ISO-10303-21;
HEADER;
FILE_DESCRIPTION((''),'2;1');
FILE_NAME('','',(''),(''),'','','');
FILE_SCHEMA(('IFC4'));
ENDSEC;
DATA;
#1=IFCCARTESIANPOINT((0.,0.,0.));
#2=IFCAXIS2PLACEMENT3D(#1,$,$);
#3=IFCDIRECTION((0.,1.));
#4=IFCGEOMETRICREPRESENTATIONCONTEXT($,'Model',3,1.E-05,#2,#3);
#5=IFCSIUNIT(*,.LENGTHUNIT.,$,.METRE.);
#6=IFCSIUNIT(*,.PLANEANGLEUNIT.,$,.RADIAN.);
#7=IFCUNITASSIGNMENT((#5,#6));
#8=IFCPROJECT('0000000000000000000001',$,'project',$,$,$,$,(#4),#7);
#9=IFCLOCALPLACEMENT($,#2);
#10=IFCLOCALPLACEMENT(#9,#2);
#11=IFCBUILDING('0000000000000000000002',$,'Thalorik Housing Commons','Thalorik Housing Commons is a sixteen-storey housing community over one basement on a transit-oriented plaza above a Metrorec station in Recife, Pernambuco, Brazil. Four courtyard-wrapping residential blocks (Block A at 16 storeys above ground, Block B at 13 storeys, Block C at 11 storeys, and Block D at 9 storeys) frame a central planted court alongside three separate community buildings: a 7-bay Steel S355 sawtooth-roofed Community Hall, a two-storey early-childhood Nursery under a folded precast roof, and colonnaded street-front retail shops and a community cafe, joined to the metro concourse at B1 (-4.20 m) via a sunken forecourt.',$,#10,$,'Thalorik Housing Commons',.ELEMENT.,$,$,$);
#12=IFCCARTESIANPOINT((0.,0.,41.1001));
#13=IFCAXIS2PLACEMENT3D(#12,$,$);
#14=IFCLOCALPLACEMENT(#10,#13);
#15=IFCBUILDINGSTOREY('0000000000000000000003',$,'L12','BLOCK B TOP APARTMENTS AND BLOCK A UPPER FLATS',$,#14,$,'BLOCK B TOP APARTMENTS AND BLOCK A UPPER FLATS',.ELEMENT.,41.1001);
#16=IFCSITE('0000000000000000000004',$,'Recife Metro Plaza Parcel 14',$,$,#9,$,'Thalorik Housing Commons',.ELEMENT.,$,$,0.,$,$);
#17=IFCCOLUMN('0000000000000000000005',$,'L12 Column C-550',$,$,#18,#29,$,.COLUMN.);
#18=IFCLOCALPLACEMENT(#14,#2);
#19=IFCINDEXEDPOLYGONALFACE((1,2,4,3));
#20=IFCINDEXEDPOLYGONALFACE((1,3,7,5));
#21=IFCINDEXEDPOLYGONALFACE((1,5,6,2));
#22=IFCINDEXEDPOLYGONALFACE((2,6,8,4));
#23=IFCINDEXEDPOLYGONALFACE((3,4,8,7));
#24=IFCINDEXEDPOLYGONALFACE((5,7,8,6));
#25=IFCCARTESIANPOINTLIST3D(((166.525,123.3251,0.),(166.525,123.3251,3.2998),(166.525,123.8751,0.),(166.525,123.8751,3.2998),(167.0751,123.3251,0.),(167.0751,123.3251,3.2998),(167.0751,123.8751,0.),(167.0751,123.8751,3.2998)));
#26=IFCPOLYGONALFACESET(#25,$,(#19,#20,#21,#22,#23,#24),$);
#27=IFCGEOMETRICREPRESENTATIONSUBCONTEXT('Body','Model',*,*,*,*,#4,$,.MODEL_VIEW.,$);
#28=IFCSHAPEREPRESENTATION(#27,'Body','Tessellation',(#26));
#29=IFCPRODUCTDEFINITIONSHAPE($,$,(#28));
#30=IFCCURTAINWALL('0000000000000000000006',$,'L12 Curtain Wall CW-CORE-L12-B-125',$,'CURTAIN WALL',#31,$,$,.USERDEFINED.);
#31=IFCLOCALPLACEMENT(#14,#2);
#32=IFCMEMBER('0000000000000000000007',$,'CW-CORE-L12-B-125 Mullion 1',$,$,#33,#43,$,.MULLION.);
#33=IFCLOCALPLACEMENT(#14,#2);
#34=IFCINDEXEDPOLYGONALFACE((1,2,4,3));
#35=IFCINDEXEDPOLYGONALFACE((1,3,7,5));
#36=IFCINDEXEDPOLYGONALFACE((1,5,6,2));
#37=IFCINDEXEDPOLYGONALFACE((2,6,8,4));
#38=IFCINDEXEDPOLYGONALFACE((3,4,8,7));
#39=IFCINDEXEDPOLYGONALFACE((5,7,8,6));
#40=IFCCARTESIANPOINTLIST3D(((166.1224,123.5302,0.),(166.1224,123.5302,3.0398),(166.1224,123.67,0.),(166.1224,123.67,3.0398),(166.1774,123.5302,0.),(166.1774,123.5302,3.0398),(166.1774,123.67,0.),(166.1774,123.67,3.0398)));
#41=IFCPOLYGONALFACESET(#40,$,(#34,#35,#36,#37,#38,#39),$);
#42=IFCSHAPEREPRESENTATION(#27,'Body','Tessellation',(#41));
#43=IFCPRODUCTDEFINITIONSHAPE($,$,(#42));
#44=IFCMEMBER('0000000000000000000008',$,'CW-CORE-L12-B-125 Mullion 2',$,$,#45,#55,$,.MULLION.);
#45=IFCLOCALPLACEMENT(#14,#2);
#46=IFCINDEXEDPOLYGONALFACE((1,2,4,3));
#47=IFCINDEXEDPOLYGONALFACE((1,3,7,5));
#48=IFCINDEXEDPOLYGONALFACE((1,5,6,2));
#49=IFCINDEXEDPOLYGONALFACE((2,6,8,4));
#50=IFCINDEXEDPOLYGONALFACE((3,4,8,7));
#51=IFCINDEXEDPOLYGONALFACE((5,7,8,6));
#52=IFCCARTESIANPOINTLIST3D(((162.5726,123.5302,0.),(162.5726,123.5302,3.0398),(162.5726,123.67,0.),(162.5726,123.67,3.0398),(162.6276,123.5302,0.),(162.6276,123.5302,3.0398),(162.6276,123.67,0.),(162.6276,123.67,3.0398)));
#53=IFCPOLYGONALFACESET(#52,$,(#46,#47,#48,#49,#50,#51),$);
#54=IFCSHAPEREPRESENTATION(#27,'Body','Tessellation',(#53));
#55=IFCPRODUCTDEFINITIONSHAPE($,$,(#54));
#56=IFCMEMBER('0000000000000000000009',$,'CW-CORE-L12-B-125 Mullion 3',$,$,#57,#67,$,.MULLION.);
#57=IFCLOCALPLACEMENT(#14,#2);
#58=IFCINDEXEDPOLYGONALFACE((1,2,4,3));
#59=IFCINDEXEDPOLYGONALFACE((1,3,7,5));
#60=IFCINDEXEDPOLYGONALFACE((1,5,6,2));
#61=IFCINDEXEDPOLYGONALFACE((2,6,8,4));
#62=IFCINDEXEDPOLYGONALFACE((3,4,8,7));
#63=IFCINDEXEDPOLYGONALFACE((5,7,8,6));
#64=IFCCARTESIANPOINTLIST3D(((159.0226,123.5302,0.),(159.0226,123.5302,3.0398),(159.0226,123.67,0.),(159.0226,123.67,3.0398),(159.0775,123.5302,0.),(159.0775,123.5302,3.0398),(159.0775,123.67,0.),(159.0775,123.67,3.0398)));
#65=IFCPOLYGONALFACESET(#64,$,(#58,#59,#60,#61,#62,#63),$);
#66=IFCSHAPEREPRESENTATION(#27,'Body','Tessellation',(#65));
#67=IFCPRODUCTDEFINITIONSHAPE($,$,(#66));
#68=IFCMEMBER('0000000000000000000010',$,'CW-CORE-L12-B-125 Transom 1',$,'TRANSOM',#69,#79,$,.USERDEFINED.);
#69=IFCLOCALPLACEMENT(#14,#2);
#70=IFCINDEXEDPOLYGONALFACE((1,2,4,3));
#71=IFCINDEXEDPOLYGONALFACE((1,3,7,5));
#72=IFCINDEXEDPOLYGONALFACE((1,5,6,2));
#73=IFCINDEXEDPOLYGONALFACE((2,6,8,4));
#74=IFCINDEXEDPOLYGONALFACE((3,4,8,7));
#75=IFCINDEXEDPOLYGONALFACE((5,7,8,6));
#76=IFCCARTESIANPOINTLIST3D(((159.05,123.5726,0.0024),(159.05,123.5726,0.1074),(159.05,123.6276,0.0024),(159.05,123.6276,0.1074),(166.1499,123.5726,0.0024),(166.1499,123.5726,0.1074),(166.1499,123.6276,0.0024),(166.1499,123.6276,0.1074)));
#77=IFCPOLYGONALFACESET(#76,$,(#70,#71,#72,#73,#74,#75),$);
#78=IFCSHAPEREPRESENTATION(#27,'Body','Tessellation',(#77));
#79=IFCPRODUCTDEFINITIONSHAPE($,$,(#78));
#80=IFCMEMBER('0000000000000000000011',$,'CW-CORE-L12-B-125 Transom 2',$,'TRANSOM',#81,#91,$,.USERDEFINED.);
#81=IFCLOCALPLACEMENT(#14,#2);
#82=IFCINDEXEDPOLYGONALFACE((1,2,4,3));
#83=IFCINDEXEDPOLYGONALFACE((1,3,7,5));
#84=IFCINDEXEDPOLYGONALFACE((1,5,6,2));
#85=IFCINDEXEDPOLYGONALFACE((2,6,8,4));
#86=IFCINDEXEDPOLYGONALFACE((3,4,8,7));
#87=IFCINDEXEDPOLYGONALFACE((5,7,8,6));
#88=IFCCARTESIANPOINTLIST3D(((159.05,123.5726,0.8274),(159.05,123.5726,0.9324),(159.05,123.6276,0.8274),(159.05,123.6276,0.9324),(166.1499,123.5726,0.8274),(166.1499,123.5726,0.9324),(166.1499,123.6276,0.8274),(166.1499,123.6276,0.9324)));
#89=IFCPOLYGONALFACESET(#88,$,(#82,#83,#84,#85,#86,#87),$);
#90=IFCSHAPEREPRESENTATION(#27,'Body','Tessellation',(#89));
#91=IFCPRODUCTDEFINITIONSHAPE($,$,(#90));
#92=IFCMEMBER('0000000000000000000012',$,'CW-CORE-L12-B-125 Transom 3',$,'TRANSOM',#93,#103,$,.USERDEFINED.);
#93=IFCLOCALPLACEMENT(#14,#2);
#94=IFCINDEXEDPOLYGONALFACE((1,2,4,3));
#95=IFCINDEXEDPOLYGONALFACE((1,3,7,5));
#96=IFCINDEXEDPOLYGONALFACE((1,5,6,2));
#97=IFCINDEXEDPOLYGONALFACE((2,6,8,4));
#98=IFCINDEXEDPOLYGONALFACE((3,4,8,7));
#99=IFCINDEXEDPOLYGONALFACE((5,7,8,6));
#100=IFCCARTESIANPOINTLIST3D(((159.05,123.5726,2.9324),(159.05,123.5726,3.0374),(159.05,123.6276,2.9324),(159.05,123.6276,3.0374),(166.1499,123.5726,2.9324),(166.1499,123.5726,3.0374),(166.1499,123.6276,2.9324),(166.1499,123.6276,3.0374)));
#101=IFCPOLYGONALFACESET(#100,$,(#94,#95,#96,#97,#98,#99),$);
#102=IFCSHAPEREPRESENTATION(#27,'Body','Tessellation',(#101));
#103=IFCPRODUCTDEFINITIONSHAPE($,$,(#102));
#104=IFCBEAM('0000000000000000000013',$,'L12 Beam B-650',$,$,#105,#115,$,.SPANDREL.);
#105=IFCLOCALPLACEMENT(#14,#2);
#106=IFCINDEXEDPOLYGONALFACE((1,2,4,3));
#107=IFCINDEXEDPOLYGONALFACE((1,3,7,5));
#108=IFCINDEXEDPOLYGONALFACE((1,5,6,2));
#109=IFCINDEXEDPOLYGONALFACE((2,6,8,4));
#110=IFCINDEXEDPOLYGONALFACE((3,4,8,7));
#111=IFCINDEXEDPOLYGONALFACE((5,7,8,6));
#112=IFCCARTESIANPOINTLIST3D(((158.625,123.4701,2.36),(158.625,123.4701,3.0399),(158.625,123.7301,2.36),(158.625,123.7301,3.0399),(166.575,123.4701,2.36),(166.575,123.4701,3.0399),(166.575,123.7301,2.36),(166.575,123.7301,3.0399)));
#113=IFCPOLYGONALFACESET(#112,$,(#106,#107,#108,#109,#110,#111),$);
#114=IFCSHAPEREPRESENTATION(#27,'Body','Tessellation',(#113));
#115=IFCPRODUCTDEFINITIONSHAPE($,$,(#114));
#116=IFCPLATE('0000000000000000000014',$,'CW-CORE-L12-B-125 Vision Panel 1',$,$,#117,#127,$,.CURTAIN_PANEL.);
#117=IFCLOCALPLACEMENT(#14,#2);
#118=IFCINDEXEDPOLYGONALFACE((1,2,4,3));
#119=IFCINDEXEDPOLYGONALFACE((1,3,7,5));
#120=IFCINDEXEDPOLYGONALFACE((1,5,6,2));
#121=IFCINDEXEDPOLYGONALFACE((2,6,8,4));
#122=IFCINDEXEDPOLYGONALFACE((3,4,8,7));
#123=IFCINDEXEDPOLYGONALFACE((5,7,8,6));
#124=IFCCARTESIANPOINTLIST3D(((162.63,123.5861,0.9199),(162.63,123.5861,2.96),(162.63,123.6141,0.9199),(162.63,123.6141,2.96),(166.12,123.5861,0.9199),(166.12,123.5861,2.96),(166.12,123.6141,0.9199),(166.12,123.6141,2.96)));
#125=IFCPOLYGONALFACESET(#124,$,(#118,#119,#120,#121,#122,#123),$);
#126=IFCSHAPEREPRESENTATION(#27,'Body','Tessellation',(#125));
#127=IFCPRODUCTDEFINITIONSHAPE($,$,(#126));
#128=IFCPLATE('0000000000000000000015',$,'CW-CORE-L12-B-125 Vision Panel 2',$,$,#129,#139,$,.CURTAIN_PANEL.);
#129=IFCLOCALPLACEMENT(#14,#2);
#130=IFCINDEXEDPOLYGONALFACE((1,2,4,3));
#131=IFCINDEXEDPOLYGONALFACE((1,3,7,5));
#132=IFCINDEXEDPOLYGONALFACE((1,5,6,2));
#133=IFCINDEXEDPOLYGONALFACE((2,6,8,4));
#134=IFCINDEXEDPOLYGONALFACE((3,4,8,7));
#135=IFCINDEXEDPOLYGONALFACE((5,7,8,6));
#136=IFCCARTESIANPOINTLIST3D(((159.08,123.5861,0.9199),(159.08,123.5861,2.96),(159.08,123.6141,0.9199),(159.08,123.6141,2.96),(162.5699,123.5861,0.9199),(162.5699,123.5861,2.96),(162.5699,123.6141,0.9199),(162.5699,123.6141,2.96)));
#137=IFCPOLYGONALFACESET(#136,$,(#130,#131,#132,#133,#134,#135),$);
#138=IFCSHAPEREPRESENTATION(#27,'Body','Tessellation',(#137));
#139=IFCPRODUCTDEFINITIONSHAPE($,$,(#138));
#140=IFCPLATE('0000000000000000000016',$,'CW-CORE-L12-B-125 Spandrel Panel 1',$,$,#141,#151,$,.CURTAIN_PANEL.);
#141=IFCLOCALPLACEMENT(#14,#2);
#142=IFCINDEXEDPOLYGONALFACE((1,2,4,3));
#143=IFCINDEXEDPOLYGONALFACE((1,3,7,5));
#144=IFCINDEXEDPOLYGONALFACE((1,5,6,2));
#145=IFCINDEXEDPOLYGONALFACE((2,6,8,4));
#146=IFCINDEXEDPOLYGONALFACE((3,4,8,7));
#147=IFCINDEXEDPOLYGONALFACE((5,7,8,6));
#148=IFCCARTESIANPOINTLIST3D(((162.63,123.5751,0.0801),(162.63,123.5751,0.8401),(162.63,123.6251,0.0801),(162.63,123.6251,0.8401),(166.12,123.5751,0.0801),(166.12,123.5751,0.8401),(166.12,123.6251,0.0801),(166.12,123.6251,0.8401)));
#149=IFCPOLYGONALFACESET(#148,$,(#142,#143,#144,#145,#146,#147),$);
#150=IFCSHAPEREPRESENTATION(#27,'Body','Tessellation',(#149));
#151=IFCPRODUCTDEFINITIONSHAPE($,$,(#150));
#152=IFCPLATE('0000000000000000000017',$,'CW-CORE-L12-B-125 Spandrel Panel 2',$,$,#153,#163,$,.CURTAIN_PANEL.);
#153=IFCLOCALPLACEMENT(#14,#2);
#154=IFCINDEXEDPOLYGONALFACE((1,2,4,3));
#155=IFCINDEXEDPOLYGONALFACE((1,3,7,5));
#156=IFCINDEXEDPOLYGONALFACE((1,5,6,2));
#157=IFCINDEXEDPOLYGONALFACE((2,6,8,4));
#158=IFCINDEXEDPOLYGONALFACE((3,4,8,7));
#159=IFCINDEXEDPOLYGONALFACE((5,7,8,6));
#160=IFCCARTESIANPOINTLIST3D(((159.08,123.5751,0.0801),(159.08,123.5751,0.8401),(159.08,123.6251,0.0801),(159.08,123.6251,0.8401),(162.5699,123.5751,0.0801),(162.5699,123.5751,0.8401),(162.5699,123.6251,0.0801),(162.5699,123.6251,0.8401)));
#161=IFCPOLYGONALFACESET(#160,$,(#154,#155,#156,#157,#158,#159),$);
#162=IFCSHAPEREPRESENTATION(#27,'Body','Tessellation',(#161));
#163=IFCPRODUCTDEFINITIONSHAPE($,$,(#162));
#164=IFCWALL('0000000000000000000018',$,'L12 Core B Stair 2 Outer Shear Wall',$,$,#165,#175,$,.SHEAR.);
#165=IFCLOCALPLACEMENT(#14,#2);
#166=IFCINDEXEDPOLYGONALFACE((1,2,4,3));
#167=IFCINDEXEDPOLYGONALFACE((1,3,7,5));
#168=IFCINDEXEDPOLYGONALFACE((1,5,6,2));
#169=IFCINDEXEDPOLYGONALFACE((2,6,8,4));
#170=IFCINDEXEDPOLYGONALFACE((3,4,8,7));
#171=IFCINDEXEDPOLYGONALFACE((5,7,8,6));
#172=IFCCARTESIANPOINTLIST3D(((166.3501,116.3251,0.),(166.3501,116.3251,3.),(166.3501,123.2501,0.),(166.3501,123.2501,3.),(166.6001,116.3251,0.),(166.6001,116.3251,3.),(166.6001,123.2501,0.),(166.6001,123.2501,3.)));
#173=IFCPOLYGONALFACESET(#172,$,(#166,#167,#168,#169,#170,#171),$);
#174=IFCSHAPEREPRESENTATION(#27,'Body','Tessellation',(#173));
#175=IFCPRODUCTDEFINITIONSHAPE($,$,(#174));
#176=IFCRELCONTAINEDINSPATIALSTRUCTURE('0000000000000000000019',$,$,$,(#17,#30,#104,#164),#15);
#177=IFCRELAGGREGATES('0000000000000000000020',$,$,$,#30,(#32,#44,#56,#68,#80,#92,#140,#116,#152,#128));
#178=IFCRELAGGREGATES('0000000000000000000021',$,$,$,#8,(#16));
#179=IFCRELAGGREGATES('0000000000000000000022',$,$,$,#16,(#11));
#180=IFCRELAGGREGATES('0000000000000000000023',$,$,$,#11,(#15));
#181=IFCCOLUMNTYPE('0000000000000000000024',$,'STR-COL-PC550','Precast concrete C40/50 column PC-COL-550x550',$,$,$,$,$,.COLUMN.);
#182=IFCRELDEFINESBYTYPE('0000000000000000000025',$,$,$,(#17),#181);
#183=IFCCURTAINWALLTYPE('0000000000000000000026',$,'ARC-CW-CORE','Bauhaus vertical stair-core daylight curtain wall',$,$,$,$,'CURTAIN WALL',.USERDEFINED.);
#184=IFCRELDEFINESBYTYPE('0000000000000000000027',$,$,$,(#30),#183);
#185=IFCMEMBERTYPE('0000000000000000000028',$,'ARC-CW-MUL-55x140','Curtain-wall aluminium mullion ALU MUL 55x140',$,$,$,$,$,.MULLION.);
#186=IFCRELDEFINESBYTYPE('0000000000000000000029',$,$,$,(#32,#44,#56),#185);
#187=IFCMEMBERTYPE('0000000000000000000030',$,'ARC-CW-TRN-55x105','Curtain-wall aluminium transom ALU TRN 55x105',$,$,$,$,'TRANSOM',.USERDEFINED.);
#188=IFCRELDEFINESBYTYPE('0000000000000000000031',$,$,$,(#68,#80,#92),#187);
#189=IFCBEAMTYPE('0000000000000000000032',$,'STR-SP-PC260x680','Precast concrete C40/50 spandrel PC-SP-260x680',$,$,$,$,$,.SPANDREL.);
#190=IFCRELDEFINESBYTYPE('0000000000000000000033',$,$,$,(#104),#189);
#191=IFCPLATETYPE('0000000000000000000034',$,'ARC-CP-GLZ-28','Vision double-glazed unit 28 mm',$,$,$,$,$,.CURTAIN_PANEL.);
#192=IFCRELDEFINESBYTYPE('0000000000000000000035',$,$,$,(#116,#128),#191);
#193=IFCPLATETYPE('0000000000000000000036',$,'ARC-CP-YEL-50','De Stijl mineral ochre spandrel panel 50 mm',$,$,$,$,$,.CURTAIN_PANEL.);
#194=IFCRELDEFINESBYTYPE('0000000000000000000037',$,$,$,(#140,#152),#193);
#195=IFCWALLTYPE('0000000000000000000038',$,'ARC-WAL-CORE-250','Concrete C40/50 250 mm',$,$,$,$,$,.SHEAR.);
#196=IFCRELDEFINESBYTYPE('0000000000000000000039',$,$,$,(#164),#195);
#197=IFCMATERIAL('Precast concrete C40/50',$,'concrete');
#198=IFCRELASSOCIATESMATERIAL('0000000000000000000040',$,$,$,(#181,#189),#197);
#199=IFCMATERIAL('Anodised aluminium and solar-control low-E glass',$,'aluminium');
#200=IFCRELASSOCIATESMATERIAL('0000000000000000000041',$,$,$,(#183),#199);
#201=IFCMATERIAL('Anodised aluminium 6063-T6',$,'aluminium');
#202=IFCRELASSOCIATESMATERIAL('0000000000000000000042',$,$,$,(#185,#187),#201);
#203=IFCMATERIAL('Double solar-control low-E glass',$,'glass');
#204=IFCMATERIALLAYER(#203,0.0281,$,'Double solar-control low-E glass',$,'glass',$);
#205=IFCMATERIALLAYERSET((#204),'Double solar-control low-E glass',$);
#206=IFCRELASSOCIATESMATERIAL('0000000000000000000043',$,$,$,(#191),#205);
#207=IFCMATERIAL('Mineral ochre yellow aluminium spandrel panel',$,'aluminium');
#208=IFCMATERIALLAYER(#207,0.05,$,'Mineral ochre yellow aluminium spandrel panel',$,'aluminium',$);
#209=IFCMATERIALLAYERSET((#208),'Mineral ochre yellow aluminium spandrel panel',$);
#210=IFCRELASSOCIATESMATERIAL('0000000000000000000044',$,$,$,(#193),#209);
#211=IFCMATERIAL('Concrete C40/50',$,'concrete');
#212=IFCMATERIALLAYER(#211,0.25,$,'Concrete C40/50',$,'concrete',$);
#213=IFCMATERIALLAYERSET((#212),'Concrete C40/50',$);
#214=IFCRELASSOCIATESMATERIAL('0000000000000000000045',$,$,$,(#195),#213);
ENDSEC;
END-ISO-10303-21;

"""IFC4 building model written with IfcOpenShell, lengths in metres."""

from ifc_helpers import new_model, si_unit, direction, frame, frame_2d, origin, origin_2d, place, context, subcontext, project, spatial, rectangle, extrude, material, layer, layer_set, material_profile, profile_set, type_object, element, aggregate, save


model = new_model("IFC4")

# Units and contexts
model_context = context("Model", 3, precision=1e-05, world=origin(), true_north=direction((0.0, 1.0)))
body_context = subcontext(model_context, "Body", "Model", "MODEL_VIEW")
ifc_project = project(units=[si_unit("LENGTHUNIT", "METRE"), si_unit("PLANEANGLEUNIT", "RADIAN")], contexts=[model_context])

# Site, building, storey
site_placement = place(None, origin())
site = spatial("IfcSite", under=ifc_project, at=site_placement, Name="Recife Metro Plaza Parcel 14", LongName="Thalorik Housing Commons", CompositionType="ELEMENT", RefElevation=0.0)
building_placement = place(site_placement, origin())
building = spatial("IfcBuilding", under=site, at=building_placement, Name="Thalorik Housing Commons", Description="Thalorik Housing Commons is a sixteen-storey housing community over one basement on a transit-oriented plaza above a Metrorec station in Recife, Pernambuco, Brazil. Four courtyard-wrapping residential blocks (Block A at 16 storeys above ground, Block B at 13 storeys, Block C at 11 storeys, and Block D at 9 storeys) frame a central planted court alongside three separate community buildings: a 7-bay Steel S355 sawtooth-roofed Community Hall, a two-storey early-childhood Nursery under a folded precast roof, and colonnaded street-front retail shops and a community cafe, joined to the metro concourse at B1 (-4.20 m) via a sunken forecourt.", LongName="Thalorik Housing Commons", CompositionType="ELEMENT")
storey_placement = place(building_placement, frame((0.0, 0.0, 41.1001)))
storey = spatial("IfcBuildingStorey", under=building, at=storey_placement, Name="L12", Description="BLOCK B TOP APARTMENTS AND BLOCK A UPPER FLATS", LongName="BLOCK B TOP APARTMENTS AND BLOCK A UPPER FLATS", CompositionType="ELEMENT", Elevation=41.1001)

# Column
ifc_material_1 = material(Name="Precast concrete C40/50", Category="concrete")
ifc_material_profile_1 = material_profile(ifc_material_1, rectangle(XDim=0.55, YDim=0.55, at=origin_2d()), Name="PC 550x550", Category="concrete")
ifc_profile_set_1 = profile_set([ifc_material_profile_1], Name="Precast concrete C40/50")
column_type = type_object("IfcColumnType", Name="STR-COL-PC550", Description="Precast concrete C40/50 column PC-COL-550x550", PredefinedType="COLUMN", material=ifc_profile_set_1)
column_placement = place(storey_placement, frame((166.8, 123.6001, 0.0), z_axis=(0.0, 0.0, 1.0), x_axis=(1.0, 0.0, 0.0)))
element("IfcColumn", 1, at=column_placement, inside=storey, type_object=column_type, Name="L12 Column C-550", PredefinedType="COLUMN", context=body_context, shape_type="SweptSolid", body=[
    extrude(rectangle(XDim=0.55, YDim=0.55, at=origin_2d()), origin(), (0.0, 0.0, 1.0), 3.2998),
])

# Curtain wall, members
ifc_material_2 = material(Name="Anodised aluminium and solar-control low-E glass", Category="aluminium")
curtain_wall_type = type_object("IfcCurtainWallType", Name="ARC-CW-CORE", Description="Bauhaus vertical stair-core daylight curtain wall", ElementType="CURTAIN WALL", PredefinedType="USERDEFINED", material=ifc_material_2)
curtain_wall_placement = place(storey_placement, origin())
curtain_wall = element("IfcCurtainWall", 2, at=curtain_wall_placement, inside=storey, type_object=curtain_wall_type, Name="L12 Curtain Wall CW-CORE-L12-B-125", ObjectType="CURTAIN WALL", PredefinedType="USERDEFINED")
ifc_material_3 = material(Name="Anodised aluminium 6063-T6", Category="aluminium")
ifc_material_profile_2 = material_profile(ifc_material_3, rectangle(XDim=0.0549, YDim=0.1399, at=origin_2d()), Name="ALU MUL 55x140", Category="aluminium")
ifc_profile_set_2 = profile_set([ifc_material_profile_2], Name="Anodised aluminium 6063-T6")
member_type_1 = type_object("IfcMemberType", Name="ARC-CW-MUL-55x140", Description="Curtain-wall aluminium mullion ALU MUL 55x140", PredefinedType="MULLION", material=ifc_profile_set_2)
member_1_placement = place(storey_placement, frame((166.1499, 123.6001, 0.0), z_axis=(0.0, 0.0, 1.0), x_axis=(-1.0, 0.0, 0.0)))
member_1 = element("IfcMember", 3, at=member_1_placement, type_object=member_type_1, Name="CW-CORE-L12-B-125 Mullion 1", PredefinedType="MULLION", context=body_context, shape_type="SweptSolid", body=[
    extrude(rectangle(XDim=0.0549, YDim=0.1399, at=origin_2d()), origin(), (0.0, 0.0, 1.0), 3.0398),
])
member_2_placement = place(storey_placement, frame((162.6001, 123.6001, 0.0), z_axis=(0.0, 0.0, 1.0), x_axis=(-1.0, 0.0, 0.0)))
member_2 = element("IfcMember", 4, at=member_2_placement, type_object=member_type_1, Name="CW-CORE-L12-B-125 Mullion 2", PredefinedType="MULLION", context=body_context, shape_type="SweptSolid", body=[
    extrude(rectangle(XDim=0.0549, YDim=0.1399, at=origin_2d()), origin(), (0.0, 0.0, 1.0), 3.0398),
])
member_3_placement = place(storey_placement, frame((159.05, 123.6001, 0.0), z_axis=(0.0, 0.0, 1.0), x_axis=(-1.0, 0.0, 0.0)))
member_3 = element("IfcMember", 5, at=member_3_placement, type_object=member_type_1, Name="CW-CORE-L12-B-125 Mullion 3", PredefinedType="MULLION", context=body_context, shape_type="SweptSolid", body=[
    extrude(rectangle(XDim=0.0549, YDim=0.1399, at=origin_2d()), origin(), (0.0, 0.0, 1.0), 3.0398),
])
ifc_material_profile_3 = material_profile(ifc_material_3, rectangle(XDim=0.0549, YDim=0.105, at=origin_2d()), Name="ALU TRN 55x105", Category="aluminium")
ifc_profile_set_3 = profile_set([ifc_material_profile_3], Name="Anodised aluminium 6063-T6")
member_type_2 = type_object("IfcMemberType", Name="ARC-CW-TRN-55x105", Description="Curtain-wall aluminium transom ALU TRN 55x105", ElementType="TRANSOM", PredefinedType="USERDEFINED", material=ifc_profile_set_3)
member_4_placement = place(storey_placement, frame((166.1499, 123.6001, 0.0549), z_axis=(-1.0, 0.0, 0.0), x_axis=(0.0, -1.0, 0.0)))
member_4 = element("IfcMember", 6, at=member_4_placement, type_object=member_type_2, Name="CW-CORE-L12-B-125 Transom 1", ObjectType="TRANSOM", PredefinedType="USERDEFINED", context=body_context, shape_type="SweptSolid", body=[
    extrude(rectangle(XDim=0.0549, YDim=0.105, at=origin_2d()), origin(), (0.0, 0.0, 1.0), 7.0999),
])
member_5_placement = place(storey_placement, frame((166.1499, 123.6001, 0.8799), z_axis=(-1.0, 0.0, 0.0), x_axis=(0.0, -1.0, 0.0)))
member_5 = element("IfcMember", 7, at=member_5_placement, type_object=member_type_2, Name="CW-CORE-L12-B-125 Transom 2", ObjectType="TRANSOM", PredefinedType="USERDEFINED", context=body_context, shape_type="SweptSolid", body=[
    extrude(rectangle(XDim=0.0549, YDim=0.105, at=origin_2d()), origin(), (0.0, 0.0, 1.0), 7.0999),
])
member_6_placement = place(storey_placement, frame((166.1499, 123.6001, 2.9849), z_axis=(-1.0, 0.0, 0.0), x_axis=(0.0, -1.0, 0.0)))
member_6 = element("IfcMember", 8, at=member_6_placement, type_object=member_type_2, Name="CW-CORE-L12-B-125 Transom 3", ObjectType="TRANSOM", PredefinedType="USERDEFINED", context=body_context, shape_type="SweptSolid", body=[
    extrude(rectangle(XDim=0.0549, YDim=0.105, at=origin_2d()), origin(), (0.0, 0.0, 1.0), 7.0999),
])

# Beam
ifc_material_profile_4 = material_profile(ifc_material_1, rectangle(XDim=0.26, YDim=0.6799, at=origin_2d()), Name="PC SP 260x680", Category="concrete")
ifc_profile_set_4 = profile_set([ifc_material_profile_4], Name="Precast concrete C40/50")
beam_type = type_object("IfcBeamType", Name="STR-SP-PC260x680", Description="Precast concrete C40/50 spandrel PC-SP-260x680", PredefinedType="SPANDREL", material=ifc_profile_set_4)
beam_placement = place(storey_placement, frame((158.625, 123.6001, 2.7), z_axis=(1.0, 0.0, 0.0), x_axis=(0.0, 1.0, 0.0)))
element("IfcBeam", 9, at=beam_placement, inside=storey, type_object=beam_type, Name="L12 Beam B-650", PredefinedType="SPANDREL", context=body_context, shape_type="SweptSolid", body=[
    extrude(rectangle(XDim=0.26, YDim=0.6799, at=origin_2d()), origin(), (0.0, 0.0, 1.0), 7.95),
])

# Plates
ifc_material_4 = material(Name="Double solar-control low-E glass", Category="glass")
ifc_layer_1 = layer(ifc_material_4, 0.0281, Name="Double solar-control low-E glass", Category="glass")
ifc_layer_set_1 = layer_set([ifc_layer_1], Name="Double solar-control low-E glass")
plate_type_1 = type_object("IfcPlateType", Name="ARC-CP-GLZ-28", Description="Vision double-glazed unit 28 mm", PredefinedType="CURTAIN_PANEL", material=ifc_layer_set_1)
plate_1_placement = place(storey_placement, frame((164.375, 123.6001, 0.9199), z_axis=(0.0, 0.0, 1.0), x_axis=(-1.0, 0.0, 0.0)))
plate_1 = element("IfcPlate", 10, at=plate_1_placement, type_object=plate_type_1, Name="CW-CORE-L12-B-125 Vision Panel 1", PredefinedType="CURTAIN_PANEL", context=body_context, shape_type="SweptSolid", body=[
    extrude(rectangle(XDim=3.49, YDim=0.0281, at=origin_2d()), origin(), (0.0, 0.0, 1.0), 2.04),
])
plate_2_placement = place(storey_placement, frame((160.825, 123.6001, 0.9199), z_axis=(0.0, 0.0, 1.0), x_axis=(-1.0, 0.0, 0.0)))
plate_2 = element("IfcPlate", 11, at=plate_2_placement, type_object=plate_type_1, Name="CW-CORE-L12-B-125 Vision Panel 2", PredefinedType="CURTAIN_PANEL", context=body_context, shape_type="SweptSolid", body=[
    extrude(rectangle(XDim=3.49, YDim=0.0281, at=origin_2d()), origin(), (0.0, 0.0, 1.0), 2.04),
])
ifc_material_5 = material(Name="Mineral ochre yellow aluminium spandrel panel", Category="aluminium")
ifc_layer_2 = layer(ifc_material_5, 0.05, Name="Mineral ochre yellow aluminium spandrel panel", Category="aluminium")
ifc_layer_set_2 = layer_set([ifc_layer_2], Name="Mineral ochre yellow aluminium spandrel panel")
plate_type_2 = type_object("IfcPlateType", Name="ARC-CP-YEL-50", Description="De Stijl mineral ochre spandrel panel 50 mm", PredefinedType="CURTAIN_PANEL", material=ifc_layer_set_2)
plate_3_placement = place(storey_placement, frame((164.375, 123.6001, 0.0801), z_axis=(0.0, 0.0, 1.0), x_axis=(-1.0, 0.0, 0.0)))
plate_3 = element("IfcPlate", 12, at=plate_3_placement, type_object=plate_type_2, Name="CW-CORE-L12-B-125 Spandrel Panel 1", PredefinedType="CURTAIN_PANEL", context=body_context, shape_type="SweptSolid", body=[
    extrude(rectangle(XDim=3.49, YDim=0.05, at=origin_2d()), origin(), (0.0, 0.0, 1.0), 0.76),
])
plate_4_placement = place(storey_placement, frame((160.825, 123.6001, 0.0801), z_axis=(0.0, 0.0, 1.0), x_axis=(-1.0, 0.0, 0.0)))
plate_4 = element("IfcPlate", 13, at=plate_4_placement, type_object=plate_type_2, Name="CW-CORE-L12-B-125 Spandrel Panel 2", PredefinedType="CURTAIN_PANEL", context=body_context, shape_type="SweptSolid", body=[
    extrude(rectangle(XDim=3.49, YDim=0.05, at=origin_2d()), origin(), (0.0, 0.0, 1.0), 0.76),
])
aggregate(curtain_wall, [member_1, member_2, member_3, member_4, member_5, member_6, plate_3, plate_1, plate_4, plate_2])

# Wall
ifc_material_6 = material(Name="Concrete C40/50", Category="concrete")
ifc_layer_3 = layer(ifc_material_6, 0.25, Name="Concrete C40/50", Category="concrete")
ifc_layer_set_3 = layer_set([ifc_layer_3], Name="Concrete C40/50")
wall_type_1 = type_object("IfcWallType", Name="ARC-WAL-CORE-250", Description="Concrete C40/50 250 mm", PredefinedType="SHEAR", material=ifc_layer_set_3)
wall_1_placement = place(storey_placement, frame((166.4751, 123.25, 0.0), z_axis=(0.0, 0.0, 1.0), x_axis=(0.0, -1.0, 0.0)))
element("IfcWall", 14, at=wall_1_placement, inside=storey, type_object=wall_type_1, Name="L12 Core B Stair 2 Outer Shear Wall", PredefinedType="SHEAR", context=body_context, shape_type="SweptSolid", body=[
    extrude(rectangle(XDim=6.925, YDim=0.25, at=frame_2d((3.4624, 0.0))), origin(), (0.0, 0.0, 1.0), 3.0),
])

save(model, "model.ifc")
